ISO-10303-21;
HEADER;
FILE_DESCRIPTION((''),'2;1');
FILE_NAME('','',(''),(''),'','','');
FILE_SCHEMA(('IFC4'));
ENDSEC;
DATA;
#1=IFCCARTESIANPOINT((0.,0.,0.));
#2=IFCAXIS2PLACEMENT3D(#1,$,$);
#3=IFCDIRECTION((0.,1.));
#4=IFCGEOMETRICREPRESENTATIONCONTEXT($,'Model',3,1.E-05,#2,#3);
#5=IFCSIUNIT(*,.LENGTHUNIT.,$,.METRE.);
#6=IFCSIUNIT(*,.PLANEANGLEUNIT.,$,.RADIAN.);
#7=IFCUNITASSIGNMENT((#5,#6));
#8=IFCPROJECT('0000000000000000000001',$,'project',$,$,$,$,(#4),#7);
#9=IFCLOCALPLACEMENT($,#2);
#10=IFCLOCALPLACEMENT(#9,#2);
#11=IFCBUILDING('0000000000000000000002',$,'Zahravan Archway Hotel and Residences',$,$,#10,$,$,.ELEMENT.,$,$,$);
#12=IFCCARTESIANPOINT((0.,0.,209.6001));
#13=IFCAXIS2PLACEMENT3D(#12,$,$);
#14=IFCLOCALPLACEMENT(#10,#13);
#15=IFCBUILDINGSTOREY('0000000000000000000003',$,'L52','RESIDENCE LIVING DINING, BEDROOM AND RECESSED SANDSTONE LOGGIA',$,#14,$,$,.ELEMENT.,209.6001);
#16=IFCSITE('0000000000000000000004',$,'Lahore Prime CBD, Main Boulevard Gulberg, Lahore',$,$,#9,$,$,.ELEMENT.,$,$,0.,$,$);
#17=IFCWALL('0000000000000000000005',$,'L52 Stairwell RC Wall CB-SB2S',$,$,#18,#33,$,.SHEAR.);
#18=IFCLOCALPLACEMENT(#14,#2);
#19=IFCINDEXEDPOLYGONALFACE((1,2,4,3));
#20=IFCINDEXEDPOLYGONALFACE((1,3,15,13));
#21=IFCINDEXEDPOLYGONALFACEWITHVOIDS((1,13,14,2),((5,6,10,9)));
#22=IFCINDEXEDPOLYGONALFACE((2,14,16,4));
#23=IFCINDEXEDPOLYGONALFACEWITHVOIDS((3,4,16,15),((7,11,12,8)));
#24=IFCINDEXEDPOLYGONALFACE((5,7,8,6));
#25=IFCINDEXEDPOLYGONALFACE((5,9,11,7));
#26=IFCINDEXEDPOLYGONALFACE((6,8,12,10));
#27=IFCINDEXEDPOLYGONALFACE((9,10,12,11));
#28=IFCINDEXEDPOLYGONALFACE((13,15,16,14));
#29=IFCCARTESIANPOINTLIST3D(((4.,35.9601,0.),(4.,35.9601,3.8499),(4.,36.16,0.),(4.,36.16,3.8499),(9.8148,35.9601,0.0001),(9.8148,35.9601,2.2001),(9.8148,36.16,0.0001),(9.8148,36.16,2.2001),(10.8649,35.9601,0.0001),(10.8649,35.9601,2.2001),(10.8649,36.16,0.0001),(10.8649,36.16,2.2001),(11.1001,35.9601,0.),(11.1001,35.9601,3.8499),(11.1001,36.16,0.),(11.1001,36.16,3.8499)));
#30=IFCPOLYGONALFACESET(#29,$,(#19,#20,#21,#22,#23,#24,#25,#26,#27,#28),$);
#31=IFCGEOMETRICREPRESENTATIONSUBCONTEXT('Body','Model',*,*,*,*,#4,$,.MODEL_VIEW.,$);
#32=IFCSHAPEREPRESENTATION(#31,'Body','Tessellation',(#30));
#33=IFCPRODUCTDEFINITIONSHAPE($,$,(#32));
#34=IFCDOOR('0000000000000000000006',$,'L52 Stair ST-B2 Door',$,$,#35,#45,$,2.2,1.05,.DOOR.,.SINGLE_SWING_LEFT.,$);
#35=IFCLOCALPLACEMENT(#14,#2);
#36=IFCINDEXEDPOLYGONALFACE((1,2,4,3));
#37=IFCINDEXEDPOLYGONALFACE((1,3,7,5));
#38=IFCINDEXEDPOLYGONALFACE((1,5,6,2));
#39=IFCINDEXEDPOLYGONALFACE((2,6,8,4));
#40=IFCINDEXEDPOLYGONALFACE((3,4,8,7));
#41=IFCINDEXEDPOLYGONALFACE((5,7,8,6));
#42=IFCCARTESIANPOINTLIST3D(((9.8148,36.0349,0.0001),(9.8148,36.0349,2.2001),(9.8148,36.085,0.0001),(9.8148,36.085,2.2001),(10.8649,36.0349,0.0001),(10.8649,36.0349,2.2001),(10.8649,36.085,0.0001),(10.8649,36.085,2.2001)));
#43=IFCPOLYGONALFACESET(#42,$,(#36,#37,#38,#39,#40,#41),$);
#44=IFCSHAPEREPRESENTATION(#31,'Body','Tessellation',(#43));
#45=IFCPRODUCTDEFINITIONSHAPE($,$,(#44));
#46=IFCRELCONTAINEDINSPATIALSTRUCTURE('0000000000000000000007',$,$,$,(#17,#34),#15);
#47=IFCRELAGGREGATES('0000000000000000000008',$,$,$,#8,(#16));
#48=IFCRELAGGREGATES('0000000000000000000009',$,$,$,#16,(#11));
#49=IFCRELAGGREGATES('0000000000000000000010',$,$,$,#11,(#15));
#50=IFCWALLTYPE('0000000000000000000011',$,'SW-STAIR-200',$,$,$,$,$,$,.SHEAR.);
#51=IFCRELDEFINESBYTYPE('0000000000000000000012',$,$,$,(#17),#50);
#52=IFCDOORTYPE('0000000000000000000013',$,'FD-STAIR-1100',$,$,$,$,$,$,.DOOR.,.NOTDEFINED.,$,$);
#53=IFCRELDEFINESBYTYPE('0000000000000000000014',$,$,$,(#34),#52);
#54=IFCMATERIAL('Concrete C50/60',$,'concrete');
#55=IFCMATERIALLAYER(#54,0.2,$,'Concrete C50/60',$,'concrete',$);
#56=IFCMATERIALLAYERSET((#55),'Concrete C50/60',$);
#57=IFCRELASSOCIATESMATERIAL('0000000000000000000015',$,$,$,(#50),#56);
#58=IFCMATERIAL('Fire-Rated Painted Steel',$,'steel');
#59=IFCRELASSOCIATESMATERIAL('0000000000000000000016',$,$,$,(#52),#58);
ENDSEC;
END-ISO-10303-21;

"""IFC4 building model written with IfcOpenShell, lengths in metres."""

from ifc_helpers import new_model, si_unit, direction, frame, frame_2d, origin, place, context, subcontext, project, spatial, rectangle, extrude, source, transform, mapped, material, layer, layer_set, type_object, type_shapes, element, fill, save


model = new_model("IFC4")

# Units and contexts
model_context = context("Model", 3, precision=1e-05, world=origin(), true_north=direction((0.0, 1.0)))
body_context = subcontext(model_context, "Body", "Model", "MODEL_VIEW")
ifc_project = project(units=[si_unit("LENGTHUNIT", "METRE"), si_unit("PLANEANGLEUNIT", "RADIAN")], contexts=[model_context])

# Site, building, storey
site_placement = place(None, origin())
site = spatial("IfcSite", under=ifc_project, at=site_placement, Name="Lahore Prime CBD, Main Boulevard Gulberg, Lahore", CompositionType="ELEMENT", RefElevation=0.0)
building_placement = place(site_placement, origin())
building = spatial("IfcBuilding", under=site, at=building_placement, Name="Zahravan Archway Hotel and Residences", CompositionType="ELEMENT")
storey_placement = place(building_placement, frame((0.0, 0.0, 209.6001)))
storey = spatial("IfcBuildingStorey", under=building, at=storey_placement, Name="L52", Description="RESIDENCE LIVING DINING, BEDROOM AND RECESSED SANDSTONE LOGGIA", CompositionType="ELEMENT", Elevation=209.6001)

# Shared definitions
ifc_material_1 = material(Name="Concrete C50/60", Category="concrete")
ifc_layer_1 = layer(ifc_material_1, 0.2, Name="Concrete C50/60", Category="concrete")
ifc_layer_set_1 = layer_set([ifc_layer_1], Name="Concrete C50/60")
wall_type_1 = type_object("IfcWallType", Name="SW-STAIR-200", PredefinedType="SHEAR", material=ifc_layer_set_1)

# Wall, opening, door
wall_1_placement = place(storey_placement, frame((4.0, 36.0601, 0.0), z_axis=(0.0, 0.0, 1.0), x_axis=(1.0, 0.0, 0.0)))
wall_1 = element("IfcWall", 1, at=wall_1_placement, inside=storey, type_object=wall_type_1, Name="L52 Stairwell RC Wall CB-SB2S", PredefinedType="SHEAR", context=body_context, shape_type="SweptSolid", body=[
    extrude(rectangle(XDim=7.1001, YDim=0.2, at=frame_2d((3.55, 0.0))), origin(), (0.0, 0.0, 1.0), 3.8499),
])
opening_1_placement = place(wall_1_placement, frame((5.8149, 0.0, 0.0)))
opening_1 = element("IfcOpeningElement", 2, at=opening_1_placement, cuts=wall_1, PredefinedType="OPENING", context=body_context, shape_type="SweptSolid", body=[
    extrude(rectangle(XDim=1.05, YDim=2.2, at=frame_2d((0.5249, 1.1001))), frame((0.0, 0.1099, 0.0), z_axis=(0.0, -1.0, 0.0), x_axis=(1.0, 0.0, 0.0)), (0.0, 0.0, 1.0), 0.22),
])
ifc_material_2 = material(Name="Fire-Rated Painted Steel", Category="steel")
door_type_1 = type_object("IfcDoorType", Name="FD-STAIR-1100", OperationType="NOTDEFINED", PredefinedType="DOOR", material=ifc_material_2)
shared_shape_1 = source(origin(), body_context, "Body", "SweptSolid", [
    extrude(rectangle(XDim=1.05, YDim=2.2, at=frame_2d((0.5249, 1.1001))), frame((0.0, 0.0249, 0.0), z_axis=(0.0, -1.0, 0.0), x_axis=(1.0, 0.0, 0.0)), (0.0, 0.0, 1.0), 0.05),
])
type_shapes(door_type_1, [shared_shape_1])
door_1_placement = place(opening_1_placement, origin())
door_1 = element("IfcDoor", 3, at=door_1_placement, inside=storey, type_object=door_type_1, Name="L52 Stair ST-B2 Door", OperationType="SINGLE_SWING_LEFT", OverallHeight=2.2, OverallWidth=1.05, PredefinedType="DOOR", context=body_context, shape_type="MappedRepresentation", body=[
    mapped(shared_shape_1, transform((0.0, 0.0, 0.0), scale=1.0)),
])
fill(opening_1, door_1)

save(model, "model.ifc")
